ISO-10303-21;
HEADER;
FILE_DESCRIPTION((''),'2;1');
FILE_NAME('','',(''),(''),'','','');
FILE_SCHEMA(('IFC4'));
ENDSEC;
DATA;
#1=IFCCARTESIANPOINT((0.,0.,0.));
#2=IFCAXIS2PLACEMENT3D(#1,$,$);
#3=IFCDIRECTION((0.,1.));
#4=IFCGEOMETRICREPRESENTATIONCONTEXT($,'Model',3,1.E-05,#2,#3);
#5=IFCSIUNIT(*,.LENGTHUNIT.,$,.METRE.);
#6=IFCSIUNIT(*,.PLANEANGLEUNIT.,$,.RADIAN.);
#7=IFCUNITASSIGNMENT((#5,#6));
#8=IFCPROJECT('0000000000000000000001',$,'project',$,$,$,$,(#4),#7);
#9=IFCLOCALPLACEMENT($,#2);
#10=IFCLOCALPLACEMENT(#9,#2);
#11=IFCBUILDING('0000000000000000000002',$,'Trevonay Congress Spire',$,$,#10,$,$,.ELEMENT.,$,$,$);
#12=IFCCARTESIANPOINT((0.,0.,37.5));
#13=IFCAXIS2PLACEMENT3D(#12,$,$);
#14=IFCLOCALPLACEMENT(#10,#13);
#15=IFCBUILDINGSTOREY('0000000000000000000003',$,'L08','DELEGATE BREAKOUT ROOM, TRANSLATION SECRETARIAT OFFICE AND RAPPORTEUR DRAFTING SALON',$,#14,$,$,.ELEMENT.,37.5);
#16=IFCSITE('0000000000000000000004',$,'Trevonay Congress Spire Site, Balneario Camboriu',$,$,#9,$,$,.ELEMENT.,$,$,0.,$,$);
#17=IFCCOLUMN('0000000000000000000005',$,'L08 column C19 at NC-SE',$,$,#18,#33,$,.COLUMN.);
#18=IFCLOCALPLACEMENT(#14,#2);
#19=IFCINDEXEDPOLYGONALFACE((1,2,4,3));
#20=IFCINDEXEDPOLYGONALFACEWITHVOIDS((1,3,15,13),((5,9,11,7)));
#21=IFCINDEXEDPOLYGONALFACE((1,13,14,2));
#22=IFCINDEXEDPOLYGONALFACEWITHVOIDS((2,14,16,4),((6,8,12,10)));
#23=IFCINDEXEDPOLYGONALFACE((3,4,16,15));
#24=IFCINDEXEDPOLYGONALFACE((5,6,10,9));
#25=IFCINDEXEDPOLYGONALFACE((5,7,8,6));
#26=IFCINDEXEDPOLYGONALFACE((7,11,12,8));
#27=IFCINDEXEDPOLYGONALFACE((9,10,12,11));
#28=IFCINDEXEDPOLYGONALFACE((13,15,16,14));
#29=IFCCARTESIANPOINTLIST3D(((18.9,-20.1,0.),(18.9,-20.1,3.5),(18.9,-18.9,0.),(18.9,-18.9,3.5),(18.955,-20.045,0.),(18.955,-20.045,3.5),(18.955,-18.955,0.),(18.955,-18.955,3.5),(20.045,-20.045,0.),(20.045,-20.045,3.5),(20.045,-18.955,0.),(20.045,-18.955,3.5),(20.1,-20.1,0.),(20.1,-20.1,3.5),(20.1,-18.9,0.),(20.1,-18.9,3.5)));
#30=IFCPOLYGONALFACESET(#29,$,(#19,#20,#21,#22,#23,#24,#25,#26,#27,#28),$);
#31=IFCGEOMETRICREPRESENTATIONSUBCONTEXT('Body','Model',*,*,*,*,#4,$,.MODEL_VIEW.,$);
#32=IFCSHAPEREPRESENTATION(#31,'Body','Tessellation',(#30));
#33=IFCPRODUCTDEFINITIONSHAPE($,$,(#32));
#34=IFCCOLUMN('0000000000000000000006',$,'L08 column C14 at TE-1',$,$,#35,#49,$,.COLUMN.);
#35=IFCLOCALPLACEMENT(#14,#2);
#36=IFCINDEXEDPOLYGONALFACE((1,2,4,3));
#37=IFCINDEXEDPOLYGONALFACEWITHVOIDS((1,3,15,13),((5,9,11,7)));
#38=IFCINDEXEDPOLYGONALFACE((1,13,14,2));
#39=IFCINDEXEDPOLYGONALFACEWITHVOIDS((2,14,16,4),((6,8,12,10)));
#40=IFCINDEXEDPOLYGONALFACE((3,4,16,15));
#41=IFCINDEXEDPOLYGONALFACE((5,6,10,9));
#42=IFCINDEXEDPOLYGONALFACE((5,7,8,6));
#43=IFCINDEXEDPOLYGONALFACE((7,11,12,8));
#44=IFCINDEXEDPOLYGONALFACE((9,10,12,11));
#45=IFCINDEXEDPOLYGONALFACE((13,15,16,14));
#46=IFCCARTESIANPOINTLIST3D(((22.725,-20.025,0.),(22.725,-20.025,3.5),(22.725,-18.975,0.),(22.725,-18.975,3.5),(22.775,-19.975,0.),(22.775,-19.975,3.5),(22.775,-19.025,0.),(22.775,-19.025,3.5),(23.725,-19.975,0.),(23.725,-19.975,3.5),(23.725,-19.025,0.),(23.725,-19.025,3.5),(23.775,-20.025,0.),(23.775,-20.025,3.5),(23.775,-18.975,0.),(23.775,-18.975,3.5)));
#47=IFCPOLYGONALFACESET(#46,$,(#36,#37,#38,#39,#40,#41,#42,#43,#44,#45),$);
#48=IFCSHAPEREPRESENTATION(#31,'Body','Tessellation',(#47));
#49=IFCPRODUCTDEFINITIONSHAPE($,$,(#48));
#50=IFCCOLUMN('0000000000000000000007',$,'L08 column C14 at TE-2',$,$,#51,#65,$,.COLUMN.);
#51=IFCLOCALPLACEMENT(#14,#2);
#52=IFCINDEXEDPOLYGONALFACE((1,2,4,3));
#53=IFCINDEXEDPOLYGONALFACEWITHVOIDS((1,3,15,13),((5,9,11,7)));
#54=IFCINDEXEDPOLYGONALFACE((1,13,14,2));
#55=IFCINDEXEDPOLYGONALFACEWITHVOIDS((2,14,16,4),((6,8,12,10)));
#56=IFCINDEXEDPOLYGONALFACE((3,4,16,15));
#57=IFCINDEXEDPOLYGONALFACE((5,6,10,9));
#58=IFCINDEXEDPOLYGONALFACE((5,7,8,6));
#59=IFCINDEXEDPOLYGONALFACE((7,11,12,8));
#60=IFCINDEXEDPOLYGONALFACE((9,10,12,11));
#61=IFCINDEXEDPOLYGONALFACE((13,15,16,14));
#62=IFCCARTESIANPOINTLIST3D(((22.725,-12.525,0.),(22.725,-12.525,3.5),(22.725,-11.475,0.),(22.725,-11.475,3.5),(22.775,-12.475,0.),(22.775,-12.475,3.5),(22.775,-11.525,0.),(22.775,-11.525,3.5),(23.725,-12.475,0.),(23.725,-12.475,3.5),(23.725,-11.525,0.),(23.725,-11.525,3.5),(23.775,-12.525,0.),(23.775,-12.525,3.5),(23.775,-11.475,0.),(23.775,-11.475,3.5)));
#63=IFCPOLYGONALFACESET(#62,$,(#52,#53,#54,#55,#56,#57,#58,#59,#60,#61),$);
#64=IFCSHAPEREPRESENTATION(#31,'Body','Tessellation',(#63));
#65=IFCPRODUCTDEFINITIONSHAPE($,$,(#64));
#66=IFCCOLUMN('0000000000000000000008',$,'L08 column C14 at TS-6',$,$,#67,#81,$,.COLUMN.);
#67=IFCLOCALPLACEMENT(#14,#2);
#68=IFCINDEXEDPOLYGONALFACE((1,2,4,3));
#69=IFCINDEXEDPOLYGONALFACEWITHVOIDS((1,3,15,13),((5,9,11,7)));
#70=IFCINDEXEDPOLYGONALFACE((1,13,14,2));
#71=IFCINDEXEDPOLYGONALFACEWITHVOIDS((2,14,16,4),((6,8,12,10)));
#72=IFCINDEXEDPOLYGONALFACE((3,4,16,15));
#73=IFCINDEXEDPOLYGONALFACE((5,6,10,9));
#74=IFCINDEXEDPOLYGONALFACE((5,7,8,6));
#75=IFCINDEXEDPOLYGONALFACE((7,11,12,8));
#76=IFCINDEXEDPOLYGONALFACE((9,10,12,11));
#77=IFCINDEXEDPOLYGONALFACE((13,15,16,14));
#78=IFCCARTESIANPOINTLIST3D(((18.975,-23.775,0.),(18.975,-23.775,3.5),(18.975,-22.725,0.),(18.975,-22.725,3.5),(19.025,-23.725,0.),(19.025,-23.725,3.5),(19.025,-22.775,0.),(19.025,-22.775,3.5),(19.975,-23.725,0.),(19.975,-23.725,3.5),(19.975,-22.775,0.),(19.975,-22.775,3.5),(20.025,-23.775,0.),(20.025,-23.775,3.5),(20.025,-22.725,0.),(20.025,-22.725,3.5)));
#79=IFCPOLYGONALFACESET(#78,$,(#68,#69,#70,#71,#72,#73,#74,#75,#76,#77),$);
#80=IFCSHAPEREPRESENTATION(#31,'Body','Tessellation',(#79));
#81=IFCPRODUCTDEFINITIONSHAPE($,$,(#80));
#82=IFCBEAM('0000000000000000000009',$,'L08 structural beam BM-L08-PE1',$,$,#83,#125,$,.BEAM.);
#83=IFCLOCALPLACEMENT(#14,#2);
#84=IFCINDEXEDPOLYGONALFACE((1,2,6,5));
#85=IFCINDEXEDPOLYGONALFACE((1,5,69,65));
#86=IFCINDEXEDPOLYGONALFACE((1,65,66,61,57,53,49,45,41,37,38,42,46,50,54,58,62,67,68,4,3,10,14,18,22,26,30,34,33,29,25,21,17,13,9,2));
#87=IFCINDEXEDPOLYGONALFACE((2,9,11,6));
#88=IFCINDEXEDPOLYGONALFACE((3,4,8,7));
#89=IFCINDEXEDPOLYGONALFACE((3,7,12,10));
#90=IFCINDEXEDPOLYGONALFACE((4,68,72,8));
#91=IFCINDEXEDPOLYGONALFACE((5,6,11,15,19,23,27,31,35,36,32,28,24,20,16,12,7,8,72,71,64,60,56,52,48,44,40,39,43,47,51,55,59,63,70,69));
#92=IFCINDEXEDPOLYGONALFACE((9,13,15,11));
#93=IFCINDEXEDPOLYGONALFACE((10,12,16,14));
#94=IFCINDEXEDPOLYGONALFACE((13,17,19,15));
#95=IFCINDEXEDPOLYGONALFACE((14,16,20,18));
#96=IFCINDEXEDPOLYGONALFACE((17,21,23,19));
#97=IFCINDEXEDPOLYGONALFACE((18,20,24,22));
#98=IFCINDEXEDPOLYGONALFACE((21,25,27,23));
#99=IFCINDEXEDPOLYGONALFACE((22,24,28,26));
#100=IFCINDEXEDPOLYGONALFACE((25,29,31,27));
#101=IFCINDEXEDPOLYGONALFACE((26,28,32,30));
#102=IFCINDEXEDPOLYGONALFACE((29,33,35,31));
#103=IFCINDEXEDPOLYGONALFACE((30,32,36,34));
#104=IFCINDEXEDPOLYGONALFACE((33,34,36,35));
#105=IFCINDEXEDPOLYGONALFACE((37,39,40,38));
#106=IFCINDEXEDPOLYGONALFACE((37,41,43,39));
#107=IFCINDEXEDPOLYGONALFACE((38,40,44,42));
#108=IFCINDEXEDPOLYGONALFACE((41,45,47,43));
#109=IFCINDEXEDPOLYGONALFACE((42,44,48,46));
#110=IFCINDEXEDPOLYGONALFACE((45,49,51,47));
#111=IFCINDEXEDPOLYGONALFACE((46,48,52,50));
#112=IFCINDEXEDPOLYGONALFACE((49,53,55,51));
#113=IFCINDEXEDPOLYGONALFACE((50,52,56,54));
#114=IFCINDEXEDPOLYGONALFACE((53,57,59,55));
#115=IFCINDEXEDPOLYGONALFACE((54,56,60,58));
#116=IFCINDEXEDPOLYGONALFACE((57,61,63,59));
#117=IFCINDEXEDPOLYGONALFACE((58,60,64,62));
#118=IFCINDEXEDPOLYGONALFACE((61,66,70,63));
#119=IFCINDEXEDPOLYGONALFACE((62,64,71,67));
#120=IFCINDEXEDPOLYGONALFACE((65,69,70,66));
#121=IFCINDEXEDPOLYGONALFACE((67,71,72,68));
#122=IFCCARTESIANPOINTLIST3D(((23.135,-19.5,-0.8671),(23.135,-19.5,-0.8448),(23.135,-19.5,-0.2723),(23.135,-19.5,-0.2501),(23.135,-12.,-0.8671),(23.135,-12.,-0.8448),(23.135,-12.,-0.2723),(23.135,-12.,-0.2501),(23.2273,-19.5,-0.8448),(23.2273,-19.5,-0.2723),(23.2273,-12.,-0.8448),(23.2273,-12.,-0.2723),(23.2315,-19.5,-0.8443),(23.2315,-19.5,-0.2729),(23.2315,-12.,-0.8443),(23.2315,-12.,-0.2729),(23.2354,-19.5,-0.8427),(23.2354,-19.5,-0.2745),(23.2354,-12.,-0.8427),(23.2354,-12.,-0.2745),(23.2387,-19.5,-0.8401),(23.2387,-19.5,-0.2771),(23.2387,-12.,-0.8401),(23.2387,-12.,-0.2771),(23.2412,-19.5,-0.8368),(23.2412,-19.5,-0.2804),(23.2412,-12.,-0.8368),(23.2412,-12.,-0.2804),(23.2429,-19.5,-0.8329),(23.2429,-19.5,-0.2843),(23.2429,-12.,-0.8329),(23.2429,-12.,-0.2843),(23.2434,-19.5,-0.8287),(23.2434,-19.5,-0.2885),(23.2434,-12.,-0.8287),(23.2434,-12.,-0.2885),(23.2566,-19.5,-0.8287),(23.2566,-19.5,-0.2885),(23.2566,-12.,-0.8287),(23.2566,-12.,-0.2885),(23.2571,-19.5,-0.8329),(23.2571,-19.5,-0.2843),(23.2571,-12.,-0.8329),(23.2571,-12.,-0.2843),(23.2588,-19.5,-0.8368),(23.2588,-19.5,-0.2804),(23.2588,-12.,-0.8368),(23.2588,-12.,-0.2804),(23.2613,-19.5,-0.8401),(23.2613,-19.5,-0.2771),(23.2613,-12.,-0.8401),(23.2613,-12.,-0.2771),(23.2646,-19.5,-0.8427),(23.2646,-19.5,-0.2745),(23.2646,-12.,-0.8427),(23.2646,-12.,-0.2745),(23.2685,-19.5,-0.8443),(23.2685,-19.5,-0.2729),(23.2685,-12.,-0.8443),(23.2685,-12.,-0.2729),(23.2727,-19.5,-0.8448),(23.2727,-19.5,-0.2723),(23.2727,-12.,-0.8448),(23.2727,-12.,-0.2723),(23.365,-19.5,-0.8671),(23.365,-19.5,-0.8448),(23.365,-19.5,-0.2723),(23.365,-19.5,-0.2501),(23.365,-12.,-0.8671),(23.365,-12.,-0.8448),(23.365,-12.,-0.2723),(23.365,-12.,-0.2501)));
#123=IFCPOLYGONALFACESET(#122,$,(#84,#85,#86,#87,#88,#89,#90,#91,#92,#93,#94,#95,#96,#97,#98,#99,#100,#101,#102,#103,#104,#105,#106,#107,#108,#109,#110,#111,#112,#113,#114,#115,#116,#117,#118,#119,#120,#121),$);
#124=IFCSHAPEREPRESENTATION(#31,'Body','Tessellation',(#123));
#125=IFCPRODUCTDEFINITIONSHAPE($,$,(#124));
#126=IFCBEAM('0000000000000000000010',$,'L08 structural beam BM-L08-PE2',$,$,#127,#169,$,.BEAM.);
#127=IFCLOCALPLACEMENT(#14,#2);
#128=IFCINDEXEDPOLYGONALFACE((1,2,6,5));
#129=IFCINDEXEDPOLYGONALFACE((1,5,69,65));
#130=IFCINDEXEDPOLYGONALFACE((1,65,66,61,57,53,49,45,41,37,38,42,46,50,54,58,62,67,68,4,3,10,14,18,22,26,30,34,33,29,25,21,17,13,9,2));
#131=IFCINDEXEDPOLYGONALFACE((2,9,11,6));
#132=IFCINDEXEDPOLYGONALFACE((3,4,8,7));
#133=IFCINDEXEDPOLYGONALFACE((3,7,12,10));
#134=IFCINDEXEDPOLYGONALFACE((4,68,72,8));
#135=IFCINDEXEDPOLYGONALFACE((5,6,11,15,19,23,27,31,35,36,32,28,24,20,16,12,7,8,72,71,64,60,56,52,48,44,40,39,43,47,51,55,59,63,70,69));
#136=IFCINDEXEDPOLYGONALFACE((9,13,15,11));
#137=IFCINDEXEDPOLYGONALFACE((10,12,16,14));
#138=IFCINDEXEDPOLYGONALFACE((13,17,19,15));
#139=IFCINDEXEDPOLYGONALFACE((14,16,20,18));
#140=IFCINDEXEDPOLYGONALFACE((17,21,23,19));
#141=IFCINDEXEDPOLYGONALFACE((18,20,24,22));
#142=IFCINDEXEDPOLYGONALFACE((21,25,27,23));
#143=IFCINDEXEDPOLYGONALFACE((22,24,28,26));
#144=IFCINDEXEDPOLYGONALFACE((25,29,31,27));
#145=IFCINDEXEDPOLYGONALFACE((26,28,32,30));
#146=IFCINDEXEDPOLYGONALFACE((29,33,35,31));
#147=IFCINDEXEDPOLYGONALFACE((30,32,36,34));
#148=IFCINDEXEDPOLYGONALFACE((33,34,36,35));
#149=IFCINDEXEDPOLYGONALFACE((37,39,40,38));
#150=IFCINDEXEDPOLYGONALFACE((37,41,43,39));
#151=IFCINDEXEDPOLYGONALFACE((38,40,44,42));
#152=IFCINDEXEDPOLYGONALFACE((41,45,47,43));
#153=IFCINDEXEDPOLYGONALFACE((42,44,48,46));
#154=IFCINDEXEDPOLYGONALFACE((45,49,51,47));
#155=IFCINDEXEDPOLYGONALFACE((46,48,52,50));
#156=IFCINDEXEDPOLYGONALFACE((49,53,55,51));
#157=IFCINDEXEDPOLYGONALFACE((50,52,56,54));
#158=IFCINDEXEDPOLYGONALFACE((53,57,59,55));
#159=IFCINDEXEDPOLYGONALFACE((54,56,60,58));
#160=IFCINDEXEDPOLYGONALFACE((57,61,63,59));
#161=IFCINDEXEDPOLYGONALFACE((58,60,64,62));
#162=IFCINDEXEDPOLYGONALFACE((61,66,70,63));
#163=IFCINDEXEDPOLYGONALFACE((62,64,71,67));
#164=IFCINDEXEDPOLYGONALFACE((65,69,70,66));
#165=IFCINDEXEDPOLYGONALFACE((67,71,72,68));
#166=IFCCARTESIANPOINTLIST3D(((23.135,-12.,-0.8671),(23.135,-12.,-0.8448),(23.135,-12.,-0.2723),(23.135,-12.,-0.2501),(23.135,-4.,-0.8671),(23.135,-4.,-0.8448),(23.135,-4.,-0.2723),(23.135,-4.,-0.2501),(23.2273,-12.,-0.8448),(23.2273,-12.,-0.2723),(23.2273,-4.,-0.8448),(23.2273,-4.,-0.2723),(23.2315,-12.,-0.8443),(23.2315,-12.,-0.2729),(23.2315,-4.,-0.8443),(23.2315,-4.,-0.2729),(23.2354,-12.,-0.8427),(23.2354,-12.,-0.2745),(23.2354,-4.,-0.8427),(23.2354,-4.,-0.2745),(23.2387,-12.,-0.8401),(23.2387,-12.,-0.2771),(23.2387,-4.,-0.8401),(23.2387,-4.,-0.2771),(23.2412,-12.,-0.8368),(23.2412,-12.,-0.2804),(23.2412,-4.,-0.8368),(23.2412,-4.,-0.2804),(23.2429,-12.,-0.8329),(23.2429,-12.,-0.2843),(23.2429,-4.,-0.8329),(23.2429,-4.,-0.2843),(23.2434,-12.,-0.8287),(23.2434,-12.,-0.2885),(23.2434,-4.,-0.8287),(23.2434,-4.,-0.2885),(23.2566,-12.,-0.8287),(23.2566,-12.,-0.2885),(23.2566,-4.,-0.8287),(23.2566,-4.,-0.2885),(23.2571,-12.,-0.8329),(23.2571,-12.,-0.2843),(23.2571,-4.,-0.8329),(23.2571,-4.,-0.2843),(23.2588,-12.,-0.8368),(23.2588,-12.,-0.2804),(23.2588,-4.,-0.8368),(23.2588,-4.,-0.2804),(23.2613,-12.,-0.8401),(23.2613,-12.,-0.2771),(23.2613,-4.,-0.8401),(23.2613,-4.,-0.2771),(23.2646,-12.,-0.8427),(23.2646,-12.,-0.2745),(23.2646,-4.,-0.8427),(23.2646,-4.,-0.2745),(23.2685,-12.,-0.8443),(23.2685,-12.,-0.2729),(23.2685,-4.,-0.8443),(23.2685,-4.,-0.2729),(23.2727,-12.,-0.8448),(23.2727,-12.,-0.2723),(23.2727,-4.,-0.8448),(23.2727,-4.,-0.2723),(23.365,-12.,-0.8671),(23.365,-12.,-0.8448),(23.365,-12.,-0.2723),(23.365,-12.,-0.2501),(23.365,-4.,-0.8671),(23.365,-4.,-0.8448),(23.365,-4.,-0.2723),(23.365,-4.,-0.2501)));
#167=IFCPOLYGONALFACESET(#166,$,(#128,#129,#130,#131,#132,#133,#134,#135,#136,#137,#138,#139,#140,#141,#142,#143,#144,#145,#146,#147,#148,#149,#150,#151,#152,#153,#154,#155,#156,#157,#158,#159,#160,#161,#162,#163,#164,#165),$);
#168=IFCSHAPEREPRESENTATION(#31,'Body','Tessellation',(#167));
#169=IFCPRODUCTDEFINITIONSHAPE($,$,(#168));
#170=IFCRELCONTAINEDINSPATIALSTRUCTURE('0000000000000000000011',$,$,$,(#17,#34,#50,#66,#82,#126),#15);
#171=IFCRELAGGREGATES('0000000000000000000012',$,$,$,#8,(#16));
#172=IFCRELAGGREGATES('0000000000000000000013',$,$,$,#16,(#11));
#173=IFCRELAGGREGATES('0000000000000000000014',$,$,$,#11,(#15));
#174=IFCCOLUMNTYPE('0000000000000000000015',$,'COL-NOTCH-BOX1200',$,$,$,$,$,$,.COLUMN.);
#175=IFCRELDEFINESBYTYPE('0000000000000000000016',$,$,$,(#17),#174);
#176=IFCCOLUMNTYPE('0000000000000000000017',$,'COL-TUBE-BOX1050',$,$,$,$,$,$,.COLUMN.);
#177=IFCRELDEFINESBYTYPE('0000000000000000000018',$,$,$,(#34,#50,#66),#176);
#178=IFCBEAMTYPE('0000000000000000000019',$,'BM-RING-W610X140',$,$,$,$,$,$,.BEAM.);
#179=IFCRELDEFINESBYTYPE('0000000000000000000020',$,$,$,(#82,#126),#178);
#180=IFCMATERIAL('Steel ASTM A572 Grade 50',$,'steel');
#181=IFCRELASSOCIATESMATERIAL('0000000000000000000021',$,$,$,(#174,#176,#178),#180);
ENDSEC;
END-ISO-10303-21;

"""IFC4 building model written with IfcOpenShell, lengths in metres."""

from ifc_helpers import new_model, si_unit, direction, frame, origin, origin_2d, place, context, subcontext, project, spatial, hollow_rectangle, i_section, extrude, material, material_profile, profile_set, type_object, element, save


model = new_model("IFC4")

# Units and contexts
model_context = context("Model", 3, precision=1e-05, world=origin(), true_north=direction((0.0, 1.0)))
body_context = subcontext(model_context, "Body", "Model", "MODEL_VIEW")
ifc_project = project(units=[si_unit("LENGTHUNIT", "METRE"), si_unit("PLANEANGLEUNIT", "RADIAN")], contexts=[model_context])

# Site, building, storey
site_placement = place(None, origin())
site = spatial("IfcSite", under=ifc_project, at=site_placement, Name="Trevonay Congress Spire Site, Balneario Camboriu", CompositionType="ELEMENT", RefElevation=0.0)
building_placement = place(site_placement, origin())
building = spatial("IfcBuilding", under=site, at=building_placement, Name="Trevonay Congress Spire", CompositionType="ELEMENT")
storey_placement = place(building_placement, frame((0.0, 0.0, 37.5)))
storey = spatial("IfcBuildingStorey", under=building, at=storey_placement, Name="L08", Description="DELEGATE BREAKOUT ROOM, TRANSLATION SECRETARIAT OFFICE AND RAPPORTEUR DRAFTING SALON", CompositionType="ELEMENT", Elevation=37.5)

# Columns
ifc_material_1 = material(Name="Steel ASTM A572 Grade 50", Category="steel")
ifc_material_profile_1 = material_profile(ifc_material_1, hollow_rectangle(XDim=1.2, YDim=1.2, WallThickness=0.0549, at=origin_2d()), Name="BOX 1200x1200x55")
ifc_profile_set_1 = profile_set([ifc_material_profile_1], Name="Steel ASTM A572 Grade 50")
column_type_1 = type_object("IfcColumnType", Name="COL-NOTCH-BOX1200", PredefinedType="COLUMN", material=ifc_profile_set_1)
column_placement = place(storey_placement, frame((19.5, -19.5, 0.0), z_axis=(0.0, 0.0, 1.0), x_axis=(1.0, 0.0, 0.0)))
element("IfcColumn", 1, at=column_placement, inside=storey, type_object=column_type_1, Name="L08 column C19 at NC-SE", PredefinedType="COLUMN", context=body_context, shape_type="SweptSolid", body=[
    extrude(hollow_rectangle(XDim=1.2, YDim=1.2, WallThickness=0.0549, at=origin_2d()), origin(), (0.0, 0.0, 1.0), 3.5),
])
ifc_material_profile_2 = material_profile(ifc_material_1, hollow_rectangle(XDim=1.05, YDim=1.05, WallThickness=0.05, at=origin_2d()), Name="BOX 1050x1050x50")
ifc_profile_set_2 = profile_set([ifc_material_profile_2], Name="Steel ASTM A572 Grade 50")
column_type_2 = type_object("IfcColumnType", Name="COL-TUBE-BOX1050", PredefinedType="COLUMN", material=ifc_profile_set_2)
for number, where, z_axis, x_axis, name in (
    (2, (23.25, -19.5, 0.0), (0.0, 0.0, 1.0), (1.0, 0.0, 0.0), "L08 column C14 at TE-1"),
    (3, (23.25, -12.0, 0.0), (0.0, 0.0, 1.0), (1.0, 0.0, 0.0), "L08 column C14 at TE-2"),
    (4, (19.5, -23.25, 0.0), (0.0, 0.0, 1.0), (1.0, 0.0, 0.0), "L08 column C14 at TS-6"),
):
    element("IfcColumn", number, at=place(storey_placement, frame(where, z_axis=z_axis, x_axis=x_axis)), inside=storey, type_object=column_type_2, Name=name, PredefinedType="COLUMN", context=body_context, shape_type="SweptSolid", body=[
        extrude(hollow_rectangle(XDim=1.05, YDim=1.05, WallThickness=0.05, at=origin_2d()), origin(), (0.0, 0.0, 1.0), 3.5),
    ])

# Beams
ifc_material_profile_3 = material_profile(ifc_material_1, i_section(OverallWidth=0.23, OverallDepth=0.6169, WebThickness=0.0132, FlangeThickness=0.0222, FilletRadius=0.0161, at=origin_2d()), Name="W610x140")
ifc_profile_set_3 = profile_set([ifc_material_profile_3], Name="Steel ASTM A572 Grade 50")
beam_type_1 = type_object("IfcBeamType", Name="BM-RING-W610X140", PredefinedType="BEAM", material=ifc_profile_set_3)
beam_1_placement = place(storey_placement, frame((23.25, -19.5, -0.5586), z_axis=(0.0, 1.0, 0.0), x_axis=(-1.0, 0.0, 0.0)))
element("IfcBeam", 5, at=beam_1_placement, inside=storey, type_object=beam_type_1, Name="L08 structural beam BM-L08-PE1", PredefinedType="BEAM", context=body_context, shape_type="SweptSolid", body=[
    extrude(i_section(OverallWidth=0.23, OverallDepth=0.6169, WebThickness=0.0132, FlangeThickness=0.0222, FilletRadius=0.0161, at=origin_2d()), origin(), (0.0, 0.0, 1.0), 7.5),
])
beam_2_placement = place(storey_placement, frame((23.25, -12.0, -0.5586), z_axis=(0.0, 1.0, 0.0), x_axis=(-1.0, 0.0, 0.0)))
element("IfcBeam", 6, at=beam_2_placement, inside=storey, type_object=beam_type_1, Name="L08 structural beam BM-L08-PE2", PredefinedType="BEAM", context=body_context, shape_type="SweptSolid", body=[
    extrude(i_section(OverallWidth=0.23, OverallDepth=0.6169, WebThickness=0.0132, FlangeThickness=0.0222, FilletRadius=0.0161, at=origin_2d()), origin(), (0.0, 0.0, 1.0), 8.0),
])

save(model, "model.ifc")
